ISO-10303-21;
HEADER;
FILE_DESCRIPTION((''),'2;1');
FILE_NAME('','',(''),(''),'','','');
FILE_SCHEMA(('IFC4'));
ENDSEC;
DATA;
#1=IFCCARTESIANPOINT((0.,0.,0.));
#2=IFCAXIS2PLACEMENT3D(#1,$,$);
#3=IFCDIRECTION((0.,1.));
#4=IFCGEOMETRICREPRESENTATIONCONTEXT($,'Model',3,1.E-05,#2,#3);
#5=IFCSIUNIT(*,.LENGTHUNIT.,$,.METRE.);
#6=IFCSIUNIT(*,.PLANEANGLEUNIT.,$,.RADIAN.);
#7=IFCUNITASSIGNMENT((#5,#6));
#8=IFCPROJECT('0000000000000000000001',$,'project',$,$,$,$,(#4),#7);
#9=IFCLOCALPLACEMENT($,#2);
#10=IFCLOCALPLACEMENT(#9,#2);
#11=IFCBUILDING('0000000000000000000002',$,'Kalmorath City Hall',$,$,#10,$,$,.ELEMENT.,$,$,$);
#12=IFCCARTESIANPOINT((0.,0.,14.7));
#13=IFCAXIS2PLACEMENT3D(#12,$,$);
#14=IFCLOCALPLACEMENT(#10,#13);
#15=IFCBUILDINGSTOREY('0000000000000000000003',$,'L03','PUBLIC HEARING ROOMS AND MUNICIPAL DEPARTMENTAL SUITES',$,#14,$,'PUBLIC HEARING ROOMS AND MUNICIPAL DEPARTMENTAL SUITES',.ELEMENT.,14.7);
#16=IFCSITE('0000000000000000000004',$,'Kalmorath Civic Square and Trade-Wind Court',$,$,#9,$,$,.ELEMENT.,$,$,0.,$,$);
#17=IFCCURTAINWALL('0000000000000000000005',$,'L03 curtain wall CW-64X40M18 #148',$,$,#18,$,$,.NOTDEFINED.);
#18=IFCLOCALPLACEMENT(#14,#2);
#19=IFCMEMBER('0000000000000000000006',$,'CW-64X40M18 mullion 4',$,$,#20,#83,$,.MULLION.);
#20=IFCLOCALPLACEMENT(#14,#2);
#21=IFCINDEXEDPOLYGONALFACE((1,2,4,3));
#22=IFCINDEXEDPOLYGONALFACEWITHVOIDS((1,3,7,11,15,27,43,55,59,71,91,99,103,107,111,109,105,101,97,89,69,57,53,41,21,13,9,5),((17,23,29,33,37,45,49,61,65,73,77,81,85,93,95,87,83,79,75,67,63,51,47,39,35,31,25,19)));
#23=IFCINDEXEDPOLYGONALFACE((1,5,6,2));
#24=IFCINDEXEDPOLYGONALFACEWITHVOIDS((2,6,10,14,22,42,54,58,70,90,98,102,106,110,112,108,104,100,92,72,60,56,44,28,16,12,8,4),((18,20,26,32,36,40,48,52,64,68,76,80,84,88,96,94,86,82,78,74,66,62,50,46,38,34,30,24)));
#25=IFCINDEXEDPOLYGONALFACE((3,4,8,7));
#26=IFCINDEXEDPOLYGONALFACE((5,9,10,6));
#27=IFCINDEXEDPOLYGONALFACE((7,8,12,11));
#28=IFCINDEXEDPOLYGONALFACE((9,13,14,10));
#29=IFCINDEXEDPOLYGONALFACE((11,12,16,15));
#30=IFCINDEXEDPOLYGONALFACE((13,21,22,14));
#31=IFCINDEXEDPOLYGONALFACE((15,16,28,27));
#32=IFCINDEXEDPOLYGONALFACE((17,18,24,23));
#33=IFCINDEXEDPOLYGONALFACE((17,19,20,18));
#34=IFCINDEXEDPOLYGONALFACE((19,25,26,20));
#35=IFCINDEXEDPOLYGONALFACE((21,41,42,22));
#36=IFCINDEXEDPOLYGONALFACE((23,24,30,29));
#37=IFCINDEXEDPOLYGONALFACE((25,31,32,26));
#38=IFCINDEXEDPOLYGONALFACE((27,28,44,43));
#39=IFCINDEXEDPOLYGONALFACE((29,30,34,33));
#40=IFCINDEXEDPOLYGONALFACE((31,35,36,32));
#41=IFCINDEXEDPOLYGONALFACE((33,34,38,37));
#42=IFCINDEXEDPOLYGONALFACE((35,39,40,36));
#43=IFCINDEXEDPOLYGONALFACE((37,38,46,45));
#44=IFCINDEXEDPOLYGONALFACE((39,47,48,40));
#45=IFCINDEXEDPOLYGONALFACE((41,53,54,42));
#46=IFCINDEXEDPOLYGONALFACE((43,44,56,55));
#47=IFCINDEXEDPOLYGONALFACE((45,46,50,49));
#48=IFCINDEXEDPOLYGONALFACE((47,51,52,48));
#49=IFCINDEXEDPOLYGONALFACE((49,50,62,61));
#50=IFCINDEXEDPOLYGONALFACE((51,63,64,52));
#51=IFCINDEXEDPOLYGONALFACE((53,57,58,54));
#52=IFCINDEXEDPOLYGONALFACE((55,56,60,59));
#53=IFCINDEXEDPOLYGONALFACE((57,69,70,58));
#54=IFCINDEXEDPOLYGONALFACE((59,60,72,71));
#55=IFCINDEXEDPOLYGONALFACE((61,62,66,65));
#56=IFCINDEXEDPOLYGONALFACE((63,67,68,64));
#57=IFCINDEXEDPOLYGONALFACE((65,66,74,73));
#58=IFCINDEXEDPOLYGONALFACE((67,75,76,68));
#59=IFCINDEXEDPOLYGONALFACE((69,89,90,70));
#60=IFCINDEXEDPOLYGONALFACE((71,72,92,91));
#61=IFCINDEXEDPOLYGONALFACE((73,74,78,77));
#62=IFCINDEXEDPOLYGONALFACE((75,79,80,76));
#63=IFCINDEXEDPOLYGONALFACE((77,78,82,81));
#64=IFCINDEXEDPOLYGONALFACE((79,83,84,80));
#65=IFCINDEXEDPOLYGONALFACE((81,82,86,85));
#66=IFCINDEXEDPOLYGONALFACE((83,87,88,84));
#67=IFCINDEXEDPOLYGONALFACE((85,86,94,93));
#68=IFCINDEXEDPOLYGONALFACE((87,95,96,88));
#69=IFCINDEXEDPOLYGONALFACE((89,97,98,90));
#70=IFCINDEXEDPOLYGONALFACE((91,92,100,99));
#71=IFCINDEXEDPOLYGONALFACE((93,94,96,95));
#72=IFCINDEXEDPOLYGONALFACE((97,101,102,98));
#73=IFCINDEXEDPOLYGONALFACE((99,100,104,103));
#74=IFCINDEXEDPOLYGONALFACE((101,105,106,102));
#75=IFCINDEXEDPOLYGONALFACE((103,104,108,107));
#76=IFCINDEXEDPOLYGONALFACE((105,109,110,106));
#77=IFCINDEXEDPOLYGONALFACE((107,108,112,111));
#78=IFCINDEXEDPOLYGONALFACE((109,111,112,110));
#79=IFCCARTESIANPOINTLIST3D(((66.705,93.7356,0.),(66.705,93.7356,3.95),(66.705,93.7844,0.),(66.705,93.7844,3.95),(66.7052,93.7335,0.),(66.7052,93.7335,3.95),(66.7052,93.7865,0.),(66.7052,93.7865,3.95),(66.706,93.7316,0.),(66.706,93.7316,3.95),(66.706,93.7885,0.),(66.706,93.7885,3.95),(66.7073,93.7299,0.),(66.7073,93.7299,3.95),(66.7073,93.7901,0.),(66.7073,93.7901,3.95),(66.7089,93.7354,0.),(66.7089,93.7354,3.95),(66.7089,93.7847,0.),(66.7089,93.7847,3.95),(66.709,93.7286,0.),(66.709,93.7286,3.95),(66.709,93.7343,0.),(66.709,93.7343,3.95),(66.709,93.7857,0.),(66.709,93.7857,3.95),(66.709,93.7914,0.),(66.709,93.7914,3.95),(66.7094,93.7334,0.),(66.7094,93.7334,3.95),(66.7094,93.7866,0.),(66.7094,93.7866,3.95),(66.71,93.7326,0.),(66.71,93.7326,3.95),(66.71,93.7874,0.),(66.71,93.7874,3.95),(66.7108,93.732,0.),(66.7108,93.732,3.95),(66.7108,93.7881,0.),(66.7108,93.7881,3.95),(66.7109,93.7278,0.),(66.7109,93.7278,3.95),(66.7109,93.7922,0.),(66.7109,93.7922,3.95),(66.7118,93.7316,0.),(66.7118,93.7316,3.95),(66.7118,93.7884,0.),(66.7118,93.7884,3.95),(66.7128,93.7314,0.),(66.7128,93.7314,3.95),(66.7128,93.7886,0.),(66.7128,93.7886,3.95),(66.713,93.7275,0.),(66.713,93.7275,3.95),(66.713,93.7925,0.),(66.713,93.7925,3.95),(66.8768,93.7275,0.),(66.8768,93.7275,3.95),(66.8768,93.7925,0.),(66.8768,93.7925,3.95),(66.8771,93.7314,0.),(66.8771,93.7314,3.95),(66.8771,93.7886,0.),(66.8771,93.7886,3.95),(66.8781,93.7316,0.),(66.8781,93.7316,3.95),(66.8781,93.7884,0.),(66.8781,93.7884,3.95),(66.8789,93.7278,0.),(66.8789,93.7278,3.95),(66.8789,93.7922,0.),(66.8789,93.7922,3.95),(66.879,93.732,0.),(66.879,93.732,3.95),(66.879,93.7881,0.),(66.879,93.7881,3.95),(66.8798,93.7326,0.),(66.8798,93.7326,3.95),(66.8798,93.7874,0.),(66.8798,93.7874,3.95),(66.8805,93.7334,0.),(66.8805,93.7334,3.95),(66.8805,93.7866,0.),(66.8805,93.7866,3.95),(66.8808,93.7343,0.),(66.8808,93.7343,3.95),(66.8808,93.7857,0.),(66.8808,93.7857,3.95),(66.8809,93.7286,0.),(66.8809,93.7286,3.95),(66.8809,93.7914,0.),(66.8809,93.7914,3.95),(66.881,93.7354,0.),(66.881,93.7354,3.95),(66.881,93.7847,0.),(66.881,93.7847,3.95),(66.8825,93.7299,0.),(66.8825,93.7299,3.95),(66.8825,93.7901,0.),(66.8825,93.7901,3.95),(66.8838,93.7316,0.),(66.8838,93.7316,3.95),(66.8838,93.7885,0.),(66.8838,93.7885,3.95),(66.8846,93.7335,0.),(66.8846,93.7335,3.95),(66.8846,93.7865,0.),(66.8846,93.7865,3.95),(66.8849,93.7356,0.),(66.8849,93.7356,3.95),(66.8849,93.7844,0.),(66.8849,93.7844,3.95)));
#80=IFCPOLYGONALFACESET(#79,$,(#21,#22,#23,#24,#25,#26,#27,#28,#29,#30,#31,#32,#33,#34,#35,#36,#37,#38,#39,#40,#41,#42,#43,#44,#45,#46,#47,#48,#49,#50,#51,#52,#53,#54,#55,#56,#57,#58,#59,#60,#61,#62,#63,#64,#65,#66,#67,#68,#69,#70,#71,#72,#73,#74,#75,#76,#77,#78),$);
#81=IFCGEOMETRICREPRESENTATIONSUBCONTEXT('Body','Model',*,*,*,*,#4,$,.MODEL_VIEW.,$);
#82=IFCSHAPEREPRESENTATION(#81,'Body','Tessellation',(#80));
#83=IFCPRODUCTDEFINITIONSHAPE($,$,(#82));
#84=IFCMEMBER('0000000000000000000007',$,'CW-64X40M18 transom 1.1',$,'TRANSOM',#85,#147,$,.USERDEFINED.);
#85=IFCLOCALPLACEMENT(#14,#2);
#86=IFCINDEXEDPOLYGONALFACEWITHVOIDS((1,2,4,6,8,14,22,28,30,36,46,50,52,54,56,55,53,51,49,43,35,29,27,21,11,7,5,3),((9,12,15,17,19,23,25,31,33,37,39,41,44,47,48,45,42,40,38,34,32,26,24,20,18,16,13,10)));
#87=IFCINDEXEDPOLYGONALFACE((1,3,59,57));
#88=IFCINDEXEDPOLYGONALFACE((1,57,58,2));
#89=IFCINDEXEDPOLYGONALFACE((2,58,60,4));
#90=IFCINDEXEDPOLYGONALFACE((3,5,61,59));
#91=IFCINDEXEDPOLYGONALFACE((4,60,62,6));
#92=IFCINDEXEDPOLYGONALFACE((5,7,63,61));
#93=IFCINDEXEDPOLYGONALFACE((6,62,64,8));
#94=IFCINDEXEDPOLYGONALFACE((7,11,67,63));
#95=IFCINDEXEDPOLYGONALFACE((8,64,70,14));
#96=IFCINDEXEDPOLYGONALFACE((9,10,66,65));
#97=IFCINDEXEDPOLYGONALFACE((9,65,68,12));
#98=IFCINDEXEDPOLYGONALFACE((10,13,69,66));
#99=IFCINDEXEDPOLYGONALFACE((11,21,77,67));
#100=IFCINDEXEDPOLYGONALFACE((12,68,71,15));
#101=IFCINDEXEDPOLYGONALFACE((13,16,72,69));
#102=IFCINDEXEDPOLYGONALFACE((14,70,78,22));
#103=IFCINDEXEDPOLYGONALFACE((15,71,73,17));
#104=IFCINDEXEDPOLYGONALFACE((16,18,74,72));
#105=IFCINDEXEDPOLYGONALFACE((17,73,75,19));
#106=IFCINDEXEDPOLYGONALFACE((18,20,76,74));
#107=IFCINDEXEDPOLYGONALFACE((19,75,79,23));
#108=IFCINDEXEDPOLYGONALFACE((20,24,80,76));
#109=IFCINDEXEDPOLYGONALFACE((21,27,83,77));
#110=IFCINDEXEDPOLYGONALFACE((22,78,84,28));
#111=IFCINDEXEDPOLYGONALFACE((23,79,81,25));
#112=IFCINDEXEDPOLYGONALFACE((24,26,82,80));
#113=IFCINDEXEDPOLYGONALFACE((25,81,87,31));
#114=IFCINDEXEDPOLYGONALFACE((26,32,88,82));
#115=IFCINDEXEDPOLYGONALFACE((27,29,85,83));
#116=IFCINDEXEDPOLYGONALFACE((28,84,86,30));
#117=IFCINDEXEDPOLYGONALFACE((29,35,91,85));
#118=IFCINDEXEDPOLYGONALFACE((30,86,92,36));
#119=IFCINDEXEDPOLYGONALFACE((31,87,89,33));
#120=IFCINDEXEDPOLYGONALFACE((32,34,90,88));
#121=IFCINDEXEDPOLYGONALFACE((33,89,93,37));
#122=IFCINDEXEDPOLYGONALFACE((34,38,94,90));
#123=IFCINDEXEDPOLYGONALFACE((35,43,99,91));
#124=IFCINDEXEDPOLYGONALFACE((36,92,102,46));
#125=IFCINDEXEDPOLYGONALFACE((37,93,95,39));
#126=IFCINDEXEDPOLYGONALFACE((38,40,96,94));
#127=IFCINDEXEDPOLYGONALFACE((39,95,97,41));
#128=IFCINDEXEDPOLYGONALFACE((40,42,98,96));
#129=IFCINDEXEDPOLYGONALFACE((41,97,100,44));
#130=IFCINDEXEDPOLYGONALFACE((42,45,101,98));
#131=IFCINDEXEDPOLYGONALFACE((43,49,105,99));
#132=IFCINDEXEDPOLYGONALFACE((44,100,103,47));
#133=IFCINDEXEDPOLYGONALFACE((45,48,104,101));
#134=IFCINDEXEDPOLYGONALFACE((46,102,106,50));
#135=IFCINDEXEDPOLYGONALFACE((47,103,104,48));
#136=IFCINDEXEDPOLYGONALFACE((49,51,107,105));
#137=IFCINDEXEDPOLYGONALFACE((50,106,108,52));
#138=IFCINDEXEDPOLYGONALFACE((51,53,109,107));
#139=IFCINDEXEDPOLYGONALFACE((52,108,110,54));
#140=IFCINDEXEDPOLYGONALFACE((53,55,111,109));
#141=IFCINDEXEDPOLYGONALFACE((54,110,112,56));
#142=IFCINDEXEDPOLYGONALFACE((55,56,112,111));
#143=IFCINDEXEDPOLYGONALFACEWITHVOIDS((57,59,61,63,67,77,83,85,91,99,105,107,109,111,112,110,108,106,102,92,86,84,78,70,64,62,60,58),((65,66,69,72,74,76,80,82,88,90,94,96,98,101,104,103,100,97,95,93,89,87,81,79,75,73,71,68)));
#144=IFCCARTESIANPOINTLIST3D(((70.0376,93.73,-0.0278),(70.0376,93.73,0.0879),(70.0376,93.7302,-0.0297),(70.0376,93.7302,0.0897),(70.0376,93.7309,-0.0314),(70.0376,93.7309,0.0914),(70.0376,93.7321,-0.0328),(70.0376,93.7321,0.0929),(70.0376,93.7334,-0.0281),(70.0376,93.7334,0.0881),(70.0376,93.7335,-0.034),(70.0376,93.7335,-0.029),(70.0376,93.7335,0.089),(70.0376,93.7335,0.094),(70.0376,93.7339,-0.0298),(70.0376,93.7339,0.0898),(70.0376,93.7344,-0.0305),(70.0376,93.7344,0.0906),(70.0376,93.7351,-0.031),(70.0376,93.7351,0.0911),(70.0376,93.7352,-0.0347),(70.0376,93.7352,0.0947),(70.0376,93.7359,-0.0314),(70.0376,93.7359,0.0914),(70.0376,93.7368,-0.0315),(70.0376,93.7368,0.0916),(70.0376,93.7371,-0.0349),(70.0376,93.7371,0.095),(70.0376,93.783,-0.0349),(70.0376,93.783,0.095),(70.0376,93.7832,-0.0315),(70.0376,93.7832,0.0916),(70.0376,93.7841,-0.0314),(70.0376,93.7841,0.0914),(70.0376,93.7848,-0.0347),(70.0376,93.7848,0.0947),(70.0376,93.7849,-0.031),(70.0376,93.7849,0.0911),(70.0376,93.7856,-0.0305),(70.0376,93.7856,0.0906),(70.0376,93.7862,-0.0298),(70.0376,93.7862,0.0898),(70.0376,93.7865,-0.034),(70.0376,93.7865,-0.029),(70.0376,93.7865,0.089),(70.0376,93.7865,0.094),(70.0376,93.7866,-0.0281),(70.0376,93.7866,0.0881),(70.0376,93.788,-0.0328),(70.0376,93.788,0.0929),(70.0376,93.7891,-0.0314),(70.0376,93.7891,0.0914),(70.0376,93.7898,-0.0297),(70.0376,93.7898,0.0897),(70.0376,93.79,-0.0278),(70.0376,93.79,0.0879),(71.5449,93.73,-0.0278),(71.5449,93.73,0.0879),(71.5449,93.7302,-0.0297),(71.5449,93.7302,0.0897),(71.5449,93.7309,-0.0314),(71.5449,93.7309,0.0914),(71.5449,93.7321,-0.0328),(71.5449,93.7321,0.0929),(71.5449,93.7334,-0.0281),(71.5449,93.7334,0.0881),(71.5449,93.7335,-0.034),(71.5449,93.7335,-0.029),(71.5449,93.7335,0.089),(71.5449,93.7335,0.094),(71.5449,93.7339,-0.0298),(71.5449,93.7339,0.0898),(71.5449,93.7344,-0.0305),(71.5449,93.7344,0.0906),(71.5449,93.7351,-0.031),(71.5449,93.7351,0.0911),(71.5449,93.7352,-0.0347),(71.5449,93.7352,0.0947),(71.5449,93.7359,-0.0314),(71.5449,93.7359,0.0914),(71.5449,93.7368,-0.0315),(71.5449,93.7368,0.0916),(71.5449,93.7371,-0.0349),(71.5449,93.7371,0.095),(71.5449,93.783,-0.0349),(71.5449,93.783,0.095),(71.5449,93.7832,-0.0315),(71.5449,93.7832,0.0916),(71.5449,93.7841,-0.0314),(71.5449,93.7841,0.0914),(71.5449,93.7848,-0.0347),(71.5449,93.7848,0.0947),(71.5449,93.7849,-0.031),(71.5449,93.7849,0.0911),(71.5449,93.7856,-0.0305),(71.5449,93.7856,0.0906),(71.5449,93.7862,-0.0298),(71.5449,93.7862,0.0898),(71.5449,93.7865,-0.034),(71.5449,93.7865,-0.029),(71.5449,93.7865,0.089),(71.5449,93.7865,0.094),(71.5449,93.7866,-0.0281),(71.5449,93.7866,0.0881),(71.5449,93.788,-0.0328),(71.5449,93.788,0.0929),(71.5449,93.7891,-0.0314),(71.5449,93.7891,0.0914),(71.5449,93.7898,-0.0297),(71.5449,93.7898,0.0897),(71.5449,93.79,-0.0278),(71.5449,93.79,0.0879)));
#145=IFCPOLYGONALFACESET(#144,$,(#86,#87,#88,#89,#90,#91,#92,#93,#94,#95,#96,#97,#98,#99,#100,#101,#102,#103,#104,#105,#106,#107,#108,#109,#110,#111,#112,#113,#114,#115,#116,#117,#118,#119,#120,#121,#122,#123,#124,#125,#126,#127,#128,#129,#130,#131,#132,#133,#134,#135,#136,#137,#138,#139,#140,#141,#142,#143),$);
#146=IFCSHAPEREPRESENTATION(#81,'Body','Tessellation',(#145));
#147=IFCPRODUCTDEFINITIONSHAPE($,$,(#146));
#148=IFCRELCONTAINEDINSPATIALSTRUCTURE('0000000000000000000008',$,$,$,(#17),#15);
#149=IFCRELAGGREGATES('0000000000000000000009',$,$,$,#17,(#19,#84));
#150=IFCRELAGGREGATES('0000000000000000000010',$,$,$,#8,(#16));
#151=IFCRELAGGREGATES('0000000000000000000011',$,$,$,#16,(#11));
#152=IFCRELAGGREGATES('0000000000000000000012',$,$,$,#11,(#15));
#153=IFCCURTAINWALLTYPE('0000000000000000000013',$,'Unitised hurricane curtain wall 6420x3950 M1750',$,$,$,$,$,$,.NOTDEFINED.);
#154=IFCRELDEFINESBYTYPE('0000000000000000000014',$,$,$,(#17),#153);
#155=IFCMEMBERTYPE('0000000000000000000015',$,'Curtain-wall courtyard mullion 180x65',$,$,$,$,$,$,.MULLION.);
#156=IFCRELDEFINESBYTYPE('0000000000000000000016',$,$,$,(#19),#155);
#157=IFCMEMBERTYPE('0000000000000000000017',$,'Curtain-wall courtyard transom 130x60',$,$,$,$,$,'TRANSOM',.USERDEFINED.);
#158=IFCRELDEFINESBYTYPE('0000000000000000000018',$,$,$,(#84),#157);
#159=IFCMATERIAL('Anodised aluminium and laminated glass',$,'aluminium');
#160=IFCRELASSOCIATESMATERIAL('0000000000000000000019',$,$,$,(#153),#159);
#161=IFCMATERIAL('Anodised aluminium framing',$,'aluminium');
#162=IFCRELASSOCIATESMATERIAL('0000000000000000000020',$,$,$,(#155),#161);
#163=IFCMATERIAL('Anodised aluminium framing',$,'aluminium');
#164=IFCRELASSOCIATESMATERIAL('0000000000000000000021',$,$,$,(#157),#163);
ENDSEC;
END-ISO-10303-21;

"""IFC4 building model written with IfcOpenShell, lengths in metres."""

from ifc_helpers import new_model, si_unit, direction, frame, origin, origin_2d, place, context, subcontext, project, spatial, hollow_rectangle, extrude, material, material_profile, profile_set, type_object, element, aggregate, save


model = new_model("IFC4")

# Units and contexts
model_context = context("Model", 3, precision=1e-05, world=origin(), true_north=direction((0.0, 1.0)))
body_context = subcontext(model_context, "Body", "Model", "MODEL_VIEW")
ifc_project = project(units=[si_unit("LENGTHUNIT", "METRE"), si_unit("PLANEANGLEUNIT", "RADIAN")], contexts=[model_context])

# Site, building, storey
site_placement = place(None, origin())
site = spatial("IfcSite", under=ifc_project, at=site_placement, Name="Kalmorath Civic Square and Trade-Wind Court", CompositionType="ELEMENT", RefElevation=0.0)
building_placement = place(site_placement, origin())
building = spatial("IfcBuilding", under=site, at=building_placement, Name="Kalmorath City Hall", CompositionType="ELEMENT")
storey_placement = place(building_placement, frame((0.0, 0.0, 14.7)))
storey = spatial("IfcBuildingStorey", under=building, at=storey_placement, Name="L03", Description="PUBLIC HEARING ROOMS AND MUNICIPAL DEPARTMENTAL SUITES", LongName="PUBLIC HEARING ROOMS AND MUNICIPAL DEPARTMENTAL SUITES", CompositionType="ELEMENT", Elevation=14.7)

# Curtain wall, members
ifc_material_1 = material(Name="Anodised aluminium and laminated glass", Category="aluminium")
curtain_wall_type = type_object("IfcCurtainWallType", Name="Unitised hurricane curtain wall 6420x3950 M1750", PredefinedType="NOTDEFINED", material=ifc_material_1)
curtain_wall_placement = place(storey_placement, origin())
curtain_wall = element("IfcCurtainWall", 1, at=curtain_wall_placement, inside=storey, type_object=curtain_wall_type, Name="L03 curtain wall CW-64X40M18 #148", PredefinedType="NOTDEFINED")
ifc_material_2 = material(Name="Anodised aluminium framing", Category="aluminium")
ifc_material_profile_1 = material_profile(ifc_material_2, hollow_rectangle(XDim=0.0649, YDim=0.1799, WallThickness=0.0039, InnerFilletRadius=0.0039, OuterFilletRadius=0.0081, at=origin_2d()), Name="ALU-MUL-180X65X4")
ifc_profile_set_1 = profile_set([ifc_material_profile_1], Name="Anodised aluminium framing")
member_type_1 = type_object("IfcMemberType", Name="Curtain-wall courtyard mullion 180x65", PredefinedType="MULLION", material=ifc_profile_set_1)
member_1_placement = place(storey_placement, frame((66.7949, 93.76, 0.0), z_axis=(0.0, 0.0, 1.0), x_axis=(0.0, -1.0, 0.0)))
member_1 = element("IfcMember", 2, at=member_1_placement, type_object=member_type_1, Name="CW-64X40M18 mullion 4", PredefinedType="MULLION", context=body_context, shape_type="SweptSolid", body=[
    extrude(hollow_rectangle(XDim=0.0649, YDim=0.1799, WallThickness=0.0039, InnerFilletRadius=0.0039, OuterFilletRadius=0.0081, at=origin_2d()), origin(), (0.0, 0.0, 1.0), 3.95),
])
ifc_material_3 = material(Name="Anodised aluminium framing", Category="aluminium")
ifc_material_profile_2 = material_profile(ifc_material_3, hollow_rectangle(XDim=0.0601, YDim=0.1299, WallThickness=0.0034, InnerFilletRadius=0.0034, OuterFilletRadius=0.0071, at=origin_2d()), Name="ALU-TRN-130X60X3.5")
ifc_profile_set_2 = profile_set([ifc_material_profile_2], Name="Anodised aluminium framing")
member_type_2 = type_object("IfcMemberType", Name="Curtain-wall courtyard transom 130x60", ElementType="TRANSOM", PredefinedType="USERDEFINED", material=ifc_profile_set_2)
member_2_placement = place(storey_placement, frame((71.5449, 93.76, 0.03), z_axis=(-1.0, 0.0, 0.0), x_axis=(0.0, -1.0, 0.0)))
member_2 = element("IfcMember", 3, at=member_2_placement, type_object=member_type_2, Name="CW-64X40M18 transom 1.1", ObjectType="TRANSOM", PredefinedType="USERDEFINED", context=body_context, shape_type="SweptSolid", body=[
    extrude(hollow_rectangle(XDim=0.0601, YDim=0.1299, WallThickness=0.0034, InnerFilletRadius=0.0034, OuterFilletRadius=0.0071, at=origin_2d()), origin(), (0.0, 0.0, 1.0), 1.5073),
])
aggregate(curtain_wall, [member_1, member_2])

save(model, "model.ifc")
